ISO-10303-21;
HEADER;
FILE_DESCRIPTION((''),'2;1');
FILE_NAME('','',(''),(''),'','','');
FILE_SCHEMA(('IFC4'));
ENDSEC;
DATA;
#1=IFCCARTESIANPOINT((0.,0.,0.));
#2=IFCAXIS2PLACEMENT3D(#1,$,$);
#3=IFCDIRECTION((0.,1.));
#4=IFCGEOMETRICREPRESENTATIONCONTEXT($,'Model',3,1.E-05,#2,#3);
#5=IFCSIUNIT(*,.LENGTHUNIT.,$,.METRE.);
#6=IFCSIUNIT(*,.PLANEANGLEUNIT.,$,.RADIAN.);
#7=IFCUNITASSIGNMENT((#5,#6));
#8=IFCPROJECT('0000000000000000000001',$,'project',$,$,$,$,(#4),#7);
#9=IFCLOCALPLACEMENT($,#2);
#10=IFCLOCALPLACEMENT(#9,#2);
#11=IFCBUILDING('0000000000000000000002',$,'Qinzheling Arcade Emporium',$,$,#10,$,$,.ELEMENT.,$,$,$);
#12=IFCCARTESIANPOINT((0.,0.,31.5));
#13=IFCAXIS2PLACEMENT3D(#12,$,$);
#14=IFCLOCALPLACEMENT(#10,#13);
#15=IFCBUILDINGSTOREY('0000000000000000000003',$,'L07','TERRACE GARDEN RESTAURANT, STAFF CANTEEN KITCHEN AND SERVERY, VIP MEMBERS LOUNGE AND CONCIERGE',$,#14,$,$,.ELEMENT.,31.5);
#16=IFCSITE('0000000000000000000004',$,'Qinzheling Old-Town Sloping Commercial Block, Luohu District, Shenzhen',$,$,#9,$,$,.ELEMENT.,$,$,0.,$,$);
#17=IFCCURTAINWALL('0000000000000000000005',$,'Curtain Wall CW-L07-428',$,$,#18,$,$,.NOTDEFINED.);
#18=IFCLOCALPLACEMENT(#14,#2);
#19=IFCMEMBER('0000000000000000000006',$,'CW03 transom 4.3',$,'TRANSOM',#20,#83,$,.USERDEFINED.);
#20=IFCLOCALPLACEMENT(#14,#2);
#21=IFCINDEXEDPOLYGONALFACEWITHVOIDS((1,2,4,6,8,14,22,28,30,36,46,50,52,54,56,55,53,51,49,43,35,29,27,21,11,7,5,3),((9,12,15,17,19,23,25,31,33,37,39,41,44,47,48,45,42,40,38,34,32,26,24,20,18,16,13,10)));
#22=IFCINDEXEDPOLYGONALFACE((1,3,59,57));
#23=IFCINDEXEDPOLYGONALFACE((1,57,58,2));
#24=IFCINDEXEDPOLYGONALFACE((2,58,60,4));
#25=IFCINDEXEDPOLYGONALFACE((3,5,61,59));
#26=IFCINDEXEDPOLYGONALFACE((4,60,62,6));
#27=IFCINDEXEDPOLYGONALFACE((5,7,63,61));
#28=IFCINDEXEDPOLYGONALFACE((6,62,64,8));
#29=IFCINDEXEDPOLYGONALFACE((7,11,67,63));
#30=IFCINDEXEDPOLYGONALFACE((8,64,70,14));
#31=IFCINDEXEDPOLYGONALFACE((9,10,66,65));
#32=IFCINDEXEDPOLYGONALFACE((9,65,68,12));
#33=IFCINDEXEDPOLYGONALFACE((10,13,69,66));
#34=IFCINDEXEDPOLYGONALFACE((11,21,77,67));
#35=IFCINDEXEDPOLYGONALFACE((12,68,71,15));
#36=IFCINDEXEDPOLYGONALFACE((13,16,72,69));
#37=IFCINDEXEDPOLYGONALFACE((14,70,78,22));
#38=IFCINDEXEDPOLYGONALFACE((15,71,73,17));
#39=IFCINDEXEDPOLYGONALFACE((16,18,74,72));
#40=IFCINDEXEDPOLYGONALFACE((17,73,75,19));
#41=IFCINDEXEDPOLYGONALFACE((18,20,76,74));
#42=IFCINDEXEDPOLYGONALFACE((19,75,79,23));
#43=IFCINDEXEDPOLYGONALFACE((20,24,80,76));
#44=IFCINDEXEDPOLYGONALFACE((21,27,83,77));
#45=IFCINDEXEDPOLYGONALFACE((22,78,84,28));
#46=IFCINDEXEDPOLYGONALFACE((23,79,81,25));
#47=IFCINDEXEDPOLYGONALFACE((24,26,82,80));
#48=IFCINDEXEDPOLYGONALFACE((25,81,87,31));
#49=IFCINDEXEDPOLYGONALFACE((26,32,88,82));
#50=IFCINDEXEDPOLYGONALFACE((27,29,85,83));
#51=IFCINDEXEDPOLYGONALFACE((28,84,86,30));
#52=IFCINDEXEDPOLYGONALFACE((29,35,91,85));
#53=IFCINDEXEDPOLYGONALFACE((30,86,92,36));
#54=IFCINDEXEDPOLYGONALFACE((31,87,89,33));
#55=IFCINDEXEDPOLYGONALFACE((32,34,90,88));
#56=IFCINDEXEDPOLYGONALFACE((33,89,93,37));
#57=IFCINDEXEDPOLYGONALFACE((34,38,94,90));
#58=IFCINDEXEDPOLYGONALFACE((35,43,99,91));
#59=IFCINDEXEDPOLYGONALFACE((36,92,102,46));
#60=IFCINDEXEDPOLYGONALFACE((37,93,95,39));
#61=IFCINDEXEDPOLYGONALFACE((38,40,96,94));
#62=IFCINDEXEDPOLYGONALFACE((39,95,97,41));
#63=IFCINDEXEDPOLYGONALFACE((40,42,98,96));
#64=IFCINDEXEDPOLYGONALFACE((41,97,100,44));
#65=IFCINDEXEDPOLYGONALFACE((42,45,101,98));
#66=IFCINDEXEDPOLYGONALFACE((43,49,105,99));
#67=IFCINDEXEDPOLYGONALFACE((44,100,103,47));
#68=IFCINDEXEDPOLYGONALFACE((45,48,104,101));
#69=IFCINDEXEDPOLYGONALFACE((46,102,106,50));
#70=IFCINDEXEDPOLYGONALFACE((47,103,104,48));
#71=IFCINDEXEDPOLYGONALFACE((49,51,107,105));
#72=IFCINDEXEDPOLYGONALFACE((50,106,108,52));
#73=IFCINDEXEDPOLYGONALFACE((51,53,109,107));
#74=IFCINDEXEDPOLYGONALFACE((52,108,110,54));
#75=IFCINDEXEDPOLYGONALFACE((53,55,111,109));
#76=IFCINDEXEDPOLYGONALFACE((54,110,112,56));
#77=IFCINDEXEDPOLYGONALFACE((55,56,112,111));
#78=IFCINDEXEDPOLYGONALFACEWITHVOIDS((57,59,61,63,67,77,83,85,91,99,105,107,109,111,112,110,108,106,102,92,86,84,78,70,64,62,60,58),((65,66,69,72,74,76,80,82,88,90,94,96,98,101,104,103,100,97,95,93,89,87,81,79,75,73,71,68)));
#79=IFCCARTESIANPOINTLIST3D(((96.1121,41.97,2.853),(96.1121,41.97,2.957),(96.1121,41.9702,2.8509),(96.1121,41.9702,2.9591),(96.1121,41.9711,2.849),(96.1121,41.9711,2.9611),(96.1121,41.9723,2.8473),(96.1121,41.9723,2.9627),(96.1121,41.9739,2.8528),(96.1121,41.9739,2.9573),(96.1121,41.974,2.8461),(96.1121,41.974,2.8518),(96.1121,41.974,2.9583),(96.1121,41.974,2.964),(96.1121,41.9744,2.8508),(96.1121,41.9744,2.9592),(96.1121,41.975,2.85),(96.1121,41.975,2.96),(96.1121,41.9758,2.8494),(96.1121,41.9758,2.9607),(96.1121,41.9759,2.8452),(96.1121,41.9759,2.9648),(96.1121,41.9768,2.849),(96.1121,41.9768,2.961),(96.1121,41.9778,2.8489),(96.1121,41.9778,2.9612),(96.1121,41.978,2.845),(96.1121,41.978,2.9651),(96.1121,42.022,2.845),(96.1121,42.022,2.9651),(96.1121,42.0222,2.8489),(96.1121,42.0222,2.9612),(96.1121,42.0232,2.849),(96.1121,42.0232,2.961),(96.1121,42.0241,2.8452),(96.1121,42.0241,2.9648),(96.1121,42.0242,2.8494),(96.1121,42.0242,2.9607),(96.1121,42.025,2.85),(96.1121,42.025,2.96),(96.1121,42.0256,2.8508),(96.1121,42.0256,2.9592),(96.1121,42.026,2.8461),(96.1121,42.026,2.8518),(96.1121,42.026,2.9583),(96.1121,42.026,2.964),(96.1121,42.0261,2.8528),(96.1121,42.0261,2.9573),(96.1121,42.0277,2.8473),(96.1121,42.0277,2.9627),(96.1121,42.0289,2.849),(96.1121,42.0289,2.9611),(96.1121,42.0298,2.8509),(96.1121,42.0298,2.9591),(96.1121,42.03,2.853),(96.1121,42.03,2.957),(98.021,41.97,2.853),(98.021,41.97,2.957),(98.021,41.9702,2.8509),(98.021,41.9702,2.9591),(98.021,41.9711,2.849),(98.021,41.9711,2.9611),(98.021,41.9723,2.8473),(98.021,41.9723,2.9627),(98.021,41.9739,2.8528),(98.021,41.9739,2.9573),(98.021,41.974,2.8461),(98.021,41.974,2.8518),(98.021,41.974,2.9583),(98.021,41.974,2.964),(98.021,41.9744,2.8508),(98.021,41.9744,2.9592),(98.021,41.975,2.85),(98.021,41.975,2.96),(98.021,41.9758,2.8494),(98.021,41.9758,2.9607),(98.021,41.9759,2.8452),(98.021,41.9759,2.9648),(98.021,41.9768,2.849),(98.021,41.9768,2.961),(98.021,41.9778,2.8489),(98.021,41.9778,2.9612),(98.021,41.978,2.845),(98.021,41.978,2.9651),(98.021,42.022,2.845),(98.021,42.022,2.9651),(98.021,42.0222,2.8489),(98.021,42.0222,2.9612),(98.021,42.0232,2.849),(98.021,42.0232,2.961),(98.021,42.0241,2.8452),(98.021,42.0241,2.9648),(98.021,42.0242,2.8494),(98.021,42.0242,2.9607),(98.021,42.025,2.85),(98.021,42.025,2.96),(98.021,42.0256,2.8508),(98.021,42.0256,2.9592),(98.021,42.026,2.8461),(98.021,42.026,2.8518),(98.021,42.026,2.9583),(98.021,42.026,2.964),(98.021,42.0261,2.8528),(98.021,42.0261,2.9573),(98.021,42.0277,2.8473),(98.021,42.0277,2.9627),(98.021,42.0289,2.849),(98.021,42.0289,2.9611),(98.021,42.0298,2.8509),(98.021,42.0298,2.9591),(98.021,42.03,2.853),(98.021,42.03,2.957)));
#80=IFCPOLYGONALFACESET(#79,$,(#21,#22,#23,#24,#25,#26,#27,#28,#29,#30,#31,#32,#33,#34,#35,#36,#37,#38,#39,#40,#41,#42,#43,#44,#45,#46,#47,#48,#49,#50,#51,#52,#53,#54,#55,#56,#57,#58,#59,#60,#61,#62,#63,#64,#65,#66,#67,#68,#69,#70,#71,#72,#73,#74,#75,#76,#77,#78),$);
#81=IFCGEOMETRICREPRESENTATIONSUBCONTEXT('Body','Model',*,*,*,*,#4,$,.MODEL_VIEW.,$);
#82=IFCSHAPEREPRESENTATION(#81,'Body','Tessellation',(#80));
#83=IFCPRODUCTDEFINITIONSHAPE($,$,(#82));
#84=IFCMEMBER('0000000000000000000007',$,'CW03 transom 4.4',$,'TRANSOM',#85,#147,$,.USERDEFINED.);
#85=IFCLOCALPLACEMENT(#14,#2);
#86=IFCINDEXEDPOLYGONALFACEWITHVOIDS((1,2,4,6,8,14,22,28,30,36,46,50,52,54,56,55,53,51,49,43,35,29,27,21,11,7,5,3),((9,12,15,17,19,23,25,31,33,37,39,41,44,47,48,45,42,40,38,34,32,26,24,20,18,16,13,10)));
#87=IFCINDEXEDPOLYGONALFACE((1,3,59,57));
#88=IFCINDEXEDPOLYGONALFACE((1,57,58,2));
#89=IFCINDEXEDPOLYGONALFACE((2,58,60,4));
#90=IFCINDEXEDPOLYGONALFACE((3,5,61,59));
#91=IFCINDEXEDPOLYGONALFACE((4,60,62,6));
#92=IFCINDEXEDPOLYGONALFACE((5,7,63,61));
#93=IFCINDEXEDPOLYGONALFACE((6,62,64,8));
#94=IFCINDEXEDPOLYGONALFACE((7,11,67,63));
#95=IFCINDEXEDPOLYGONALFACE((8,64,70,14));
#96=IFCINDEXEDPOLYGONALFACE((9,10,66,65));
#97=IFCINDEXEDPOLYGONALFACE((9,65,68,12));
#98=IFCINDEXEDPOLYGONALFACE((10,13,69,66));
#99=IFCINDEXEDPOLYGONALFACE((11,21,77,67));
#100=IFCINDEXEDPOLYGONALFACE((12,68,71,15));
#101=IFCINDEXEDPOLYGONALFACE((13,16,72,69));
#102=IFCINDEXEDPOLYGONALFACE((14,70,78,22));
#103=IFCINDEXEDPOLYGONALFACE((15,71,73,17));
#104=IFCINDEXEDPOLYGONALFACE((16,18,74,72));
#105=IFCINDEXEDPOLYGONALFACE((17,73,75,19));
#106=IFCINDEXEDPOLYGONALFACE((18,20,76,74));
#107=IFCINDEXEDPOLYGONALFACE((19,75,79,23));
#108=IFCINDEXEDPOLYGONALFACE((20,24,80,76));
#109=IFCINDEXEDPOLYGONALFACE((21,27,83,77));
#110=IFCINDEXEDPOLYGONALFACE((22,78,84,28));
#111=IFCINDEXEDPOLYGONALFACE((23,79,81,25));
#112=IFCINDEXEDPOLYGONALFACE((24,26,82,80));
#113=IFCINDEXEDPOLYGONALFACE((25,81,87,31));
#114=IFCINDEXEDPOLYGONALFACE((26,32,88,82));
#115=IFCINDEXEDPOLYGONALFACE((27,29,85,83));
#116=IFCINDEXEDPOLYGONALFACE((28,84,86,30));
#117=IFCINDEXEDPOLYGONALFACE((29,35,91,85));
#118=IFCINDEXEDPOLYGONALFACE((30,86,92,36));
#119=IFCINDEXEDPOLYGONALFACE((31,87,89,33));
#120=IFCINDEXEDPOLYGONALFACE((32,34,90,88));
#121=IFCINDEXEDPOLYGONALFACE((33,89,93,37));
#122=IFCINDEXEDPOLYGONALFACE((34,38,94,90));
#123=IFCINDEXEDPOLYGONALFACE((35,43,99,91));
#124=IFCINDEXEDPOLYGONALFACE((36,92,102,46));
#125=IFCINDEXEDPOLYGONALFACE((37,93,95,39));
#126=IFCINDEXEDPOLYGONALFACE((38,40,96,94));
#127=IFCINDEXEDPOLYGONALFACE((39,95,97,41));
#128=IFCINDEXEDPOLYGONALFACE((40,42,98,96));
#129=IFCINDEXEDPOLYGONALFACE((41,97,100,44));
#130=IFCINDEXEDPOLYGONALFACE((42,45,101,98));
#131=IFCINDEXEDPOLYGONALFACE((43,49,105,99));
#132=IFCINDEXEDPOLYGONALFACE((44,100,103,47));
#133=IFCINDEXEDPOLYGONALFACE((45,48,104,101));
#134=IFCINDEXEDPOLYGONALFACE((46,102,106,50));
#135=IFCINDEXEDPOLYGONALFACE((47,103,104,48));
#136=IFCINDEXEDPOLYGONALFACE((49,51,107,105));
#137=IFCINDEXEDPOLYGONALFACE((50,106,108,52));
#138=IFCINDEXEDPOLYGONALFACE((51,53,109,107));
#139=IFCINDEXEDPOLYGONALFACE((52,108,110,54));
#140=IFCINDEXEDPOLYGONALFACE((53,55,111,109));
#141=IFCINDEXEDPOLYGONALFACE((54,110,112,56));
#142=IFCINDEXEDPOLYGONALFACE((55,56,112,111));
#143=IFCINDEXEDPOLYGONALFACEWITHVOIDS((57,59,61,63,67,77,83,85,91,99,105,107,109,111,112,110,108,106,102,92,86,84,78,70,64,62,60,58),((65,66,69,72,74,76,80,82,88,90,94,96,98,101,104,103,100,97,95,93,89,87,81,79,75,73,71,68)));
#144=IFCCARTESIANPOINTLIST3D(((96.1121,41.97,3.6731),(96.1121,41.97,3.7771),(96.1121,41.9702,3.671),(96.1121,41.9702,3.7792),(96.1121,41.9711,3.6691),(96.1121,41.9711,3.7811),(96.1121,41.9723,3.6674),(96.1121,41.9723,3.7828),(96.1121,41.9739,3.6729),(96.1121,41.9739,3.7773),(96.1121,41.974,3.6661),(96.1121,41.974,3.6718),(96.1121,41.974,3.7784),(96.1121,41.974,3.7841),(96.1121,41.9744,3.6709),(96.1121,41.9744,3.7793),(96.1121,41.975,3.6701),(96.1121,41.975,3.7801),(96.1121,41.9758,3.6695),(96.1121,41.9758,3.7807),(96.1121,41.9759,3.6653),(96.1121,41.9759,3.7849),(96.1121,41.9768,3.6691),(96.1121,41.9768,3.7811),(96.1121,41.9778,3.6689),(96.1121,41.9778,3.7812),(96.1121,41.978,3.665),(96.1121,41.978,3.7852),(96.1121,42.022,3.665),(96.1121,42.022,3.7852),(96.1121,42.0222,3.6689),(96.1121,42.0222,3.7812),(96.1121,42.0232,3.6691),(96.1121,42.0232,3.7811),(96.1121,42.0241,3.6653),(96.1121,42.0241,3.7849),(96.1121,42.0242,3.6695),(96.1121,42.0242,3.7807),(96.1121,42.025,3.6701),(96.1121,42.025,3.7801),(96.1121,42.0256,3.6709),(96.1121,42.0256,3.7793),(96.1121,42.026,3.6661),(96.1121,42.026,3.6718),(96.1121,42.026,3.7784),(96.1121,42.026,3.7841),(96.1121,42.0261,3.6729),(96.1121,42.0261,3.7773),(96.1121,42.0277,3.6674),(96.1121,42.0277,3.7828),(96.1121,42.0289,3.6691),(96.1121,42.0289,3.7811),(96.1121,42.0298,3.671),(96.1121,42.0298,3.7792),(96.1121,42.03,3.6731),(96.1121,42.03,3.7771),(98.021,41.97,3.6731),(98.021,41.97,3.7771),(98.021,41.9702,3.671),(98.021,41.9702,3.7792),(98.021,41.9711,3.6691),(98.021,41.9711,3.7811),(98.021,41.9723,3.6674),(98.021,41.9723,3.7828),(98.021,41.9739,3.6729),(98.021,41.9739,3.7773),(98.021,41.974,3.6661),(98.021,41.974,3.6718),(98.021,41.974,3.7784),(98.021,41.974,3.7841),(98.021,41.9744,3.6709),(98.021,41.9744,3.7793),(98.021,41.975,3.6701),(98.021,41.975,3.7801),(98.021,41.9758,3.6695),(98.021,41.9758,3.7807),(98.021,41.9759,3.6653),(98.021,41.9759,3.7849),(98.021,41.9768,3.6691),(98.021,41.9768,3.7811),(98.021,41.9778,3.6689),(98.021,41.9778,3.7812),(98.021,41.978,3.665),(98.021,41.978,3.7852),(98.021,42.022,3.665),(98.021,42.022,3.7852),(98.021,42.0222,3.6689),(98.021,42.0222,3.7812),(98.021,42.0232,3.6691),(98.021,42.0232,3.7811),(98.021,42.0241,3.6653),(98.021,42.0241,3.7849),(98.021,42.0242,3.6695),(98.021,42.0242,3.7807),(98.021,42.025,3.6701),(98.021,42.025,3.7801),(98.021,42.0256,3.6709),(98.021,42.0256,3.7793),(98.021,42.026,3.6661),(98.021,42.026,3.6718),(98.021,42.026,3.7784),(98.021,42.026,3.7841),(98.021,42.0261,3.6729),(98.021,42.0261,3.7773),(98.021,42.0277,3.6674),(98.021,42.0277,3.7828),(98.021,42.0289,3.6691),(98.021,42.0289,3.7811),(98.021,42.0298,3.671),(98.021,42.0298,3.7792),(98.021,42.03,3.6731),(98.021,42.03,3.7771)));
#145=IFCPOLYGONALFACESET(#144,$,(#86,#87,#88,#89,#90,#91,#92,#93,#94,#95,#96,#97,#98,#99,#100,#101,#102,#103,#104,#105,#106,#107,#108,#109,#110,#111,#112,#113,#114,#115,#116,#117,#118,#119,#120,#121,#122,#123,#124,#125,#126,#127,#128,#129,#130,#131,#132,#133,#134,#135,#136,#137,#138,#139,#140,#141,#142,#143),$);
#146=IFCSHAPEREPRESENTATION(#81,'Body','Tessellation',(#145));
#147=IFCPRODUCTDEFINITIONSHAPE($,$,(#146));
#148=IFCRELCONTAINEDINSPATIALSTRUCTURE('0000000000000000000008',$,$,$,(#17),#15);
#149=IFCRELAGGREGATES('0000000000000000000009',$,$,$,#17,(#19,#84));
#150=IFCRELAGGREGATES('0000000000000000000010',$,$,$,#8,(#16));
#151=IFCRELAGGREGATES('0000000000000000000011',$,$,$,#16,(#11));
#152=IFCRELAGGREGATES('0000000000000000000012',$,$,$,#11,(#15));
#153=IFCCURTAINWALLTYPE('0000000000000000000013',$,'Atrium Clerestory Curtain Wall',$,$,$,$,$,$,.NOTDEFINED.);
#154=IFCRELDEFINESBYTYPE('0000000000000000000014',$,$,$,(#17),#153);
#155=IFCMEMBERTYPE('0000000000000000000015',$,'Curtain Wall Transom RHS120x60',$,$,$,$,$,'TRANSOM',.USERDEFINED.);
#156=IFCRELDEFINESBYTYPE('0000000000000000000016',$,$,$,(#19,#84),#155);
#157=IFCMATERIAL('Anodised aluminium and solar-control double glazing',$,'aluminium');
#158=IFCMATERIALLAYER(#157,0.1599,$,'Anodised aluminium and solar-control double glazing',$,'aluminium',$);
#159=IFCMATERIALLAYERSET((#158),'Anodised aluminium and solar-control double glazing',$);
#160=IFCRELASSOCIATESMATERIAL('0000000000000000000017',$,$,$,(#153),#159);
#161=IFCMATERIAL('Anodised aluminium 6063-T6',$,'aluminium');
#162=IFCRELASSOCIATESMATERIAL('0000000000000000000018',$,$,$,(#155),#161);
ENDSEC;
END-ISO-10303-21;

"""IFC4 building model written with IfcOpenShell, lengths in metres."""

from ifc_helpers import new_model, si_unit, direction, frame, origin, origin_2d, place, context, subcontext, project, spatial, hollow_rectangle, extrude, material, layer, layer_set, material_profile, profile_set, type_object, element, aggregate, save


model = new_model("IFC4")

# Units and contexts
model_context = context("Model", 3, precision=1e-05, world=origin(), true_north=direction((0.0, 1.0)))
body_context = subcontext(model_context, "Body", "Model", "MODEL_VIEW")
ifc_project = project(units=[si_unit("LENGTHUNIT", "METRE"), si_unit("PLANEANGLEUNIT", "RADIAN")], contexts=[model_context])

# Site, building, storey
site_placement = place(None, origin())
site = spatial("IfcSite", under=ifc_project, at=site_placement, Name="Qinzheling Old-Town Sloping Commercial Block, Luohu District, Shenzhen", CompositionType="ELEMENT", RefElevation=0.0)
building_placement = place(site_placement, origin())
building = spatial("IfcBuilding", under=site, at=building_placement, Name="Qinzheling Arcade Emporium", CompositionType="ELEMENT")
storey_placement = place(building_placement, frame((0.0, 0.0, 31.5)))
storey = spatial("IfcBuildingStorey", under=building, at=storey_placement, Name="L07", Description="TERRACE GARDEN RESTAURANT, STAFF CANTEEN KITCHEN AND SERVERY, VIP MEMBERS LOUNGE AND CONCIERGE", CompositionType="ELEMENT", Elevation=31.5)

# Curtain wall
ifc_material_1 = material(Name="Anodised aluminium and solar-control double glazing", Category="aluminium")
ifc_layer_1 = layer(ifc_material_1, 0.1599, Name="Anodised aluminium and solar-control double glazing", Category="aluminium")
ifc_layer_set_1 = layer_set([ifc_layer_1], Name="Anodised aluminium and solar-control double glazing")
curtain_wall_type = type_object("IfcCurtainWallType", Name="Atrium Clerestory Curtain Wall", PredefinedType="NOTDEFINED", material=ifc_layer_set_1)
curtain_wall_1_placement = place(storey_placement, origin())
curtain_wall_1 = element("IfcCurtainWall", 1, at=curtain_wall_1_placement, inside=storey, type_object=curtain_wall_type, Name="Curtain Wall CW-L07-428", PredefinedType="NOTDEFINED")
ifc_material_2 = material(Name="Anodised aluminium 6063-T6", Category="aluminium")

# Members
ifc_material_profile_1 = material_profile(ifc_material_2, hollow_rectangle(XDim=0.0601, YDim=0.1201, WallThickness=0.0039, InnerFilletRadius=0.0039, OuterFilletRadius=0.0081, at=origin_2d()), Name="RHS 120x60x4", Category="aluminium")
ifc_profile_set_1 = profile_set([ifc_material_profile_1], Name="Anodised aluminium 6063-T6")
member_type_1 = type_object("IfcMemberType", Name="Curtain Wall Transom RHS120x60", ElementType="TRANSOM", PredefinedType="USERDEFINED", material=ifc_profile_set_1)
member_1_placement = place(storey_placement, frame((98.021, 42.0, 2.905), z_axis=(-1.0, 0.0, 0.0), x_axis=(0.0, -1.0, 0.0)))
member_1 = element("IfcMember", 2, at=member_1_placement, type_object=member_type_1, Name="CW03 transom 4.3", ObjectType="TRANSOM", PredefinedType="USERDEFINED", context=body_context, shape_type="SweptSolid", body=[
    extrude(hollow_rectangle(XDim=0.0601, YDim=0.1201, WallThickness=0.0039, InnerFilletRadius=0.0039, OuterFilletRadius=0.0081, at=origin_2d()), origin(), (0.0, 0.0, 1.0), 1.9089),
])
member_2_placement = place(storey_placement, frame((98.021, 42.0, 3.7251), z_axis=(-1.0, 0.0, 0.0), x_axis=(0.0, -1.0, 0.0)))
member_2 = element("IfcMember", 3, at=member_2_placement, type_object=member_type_1, Name="CW03 transom 4.4", ObjectType="TRANSOM", PredefinedType="USERDEFINED", context=body_context, shape_type="SweptSolid", body=[
    extrude(hollow_rectangle(XDim=0.0601, YDim=0.1201, WallThickness=0.0039, InnerFilletRadius=0.0039, OuterFilletRadius=0.0081, at=origin_2d()), origin(), (0.0, 0.0, 1.0), 1.9089),
])

aggregate(curtain_wall_1, [member_1, member_2])

save(model, "model.ifc")
